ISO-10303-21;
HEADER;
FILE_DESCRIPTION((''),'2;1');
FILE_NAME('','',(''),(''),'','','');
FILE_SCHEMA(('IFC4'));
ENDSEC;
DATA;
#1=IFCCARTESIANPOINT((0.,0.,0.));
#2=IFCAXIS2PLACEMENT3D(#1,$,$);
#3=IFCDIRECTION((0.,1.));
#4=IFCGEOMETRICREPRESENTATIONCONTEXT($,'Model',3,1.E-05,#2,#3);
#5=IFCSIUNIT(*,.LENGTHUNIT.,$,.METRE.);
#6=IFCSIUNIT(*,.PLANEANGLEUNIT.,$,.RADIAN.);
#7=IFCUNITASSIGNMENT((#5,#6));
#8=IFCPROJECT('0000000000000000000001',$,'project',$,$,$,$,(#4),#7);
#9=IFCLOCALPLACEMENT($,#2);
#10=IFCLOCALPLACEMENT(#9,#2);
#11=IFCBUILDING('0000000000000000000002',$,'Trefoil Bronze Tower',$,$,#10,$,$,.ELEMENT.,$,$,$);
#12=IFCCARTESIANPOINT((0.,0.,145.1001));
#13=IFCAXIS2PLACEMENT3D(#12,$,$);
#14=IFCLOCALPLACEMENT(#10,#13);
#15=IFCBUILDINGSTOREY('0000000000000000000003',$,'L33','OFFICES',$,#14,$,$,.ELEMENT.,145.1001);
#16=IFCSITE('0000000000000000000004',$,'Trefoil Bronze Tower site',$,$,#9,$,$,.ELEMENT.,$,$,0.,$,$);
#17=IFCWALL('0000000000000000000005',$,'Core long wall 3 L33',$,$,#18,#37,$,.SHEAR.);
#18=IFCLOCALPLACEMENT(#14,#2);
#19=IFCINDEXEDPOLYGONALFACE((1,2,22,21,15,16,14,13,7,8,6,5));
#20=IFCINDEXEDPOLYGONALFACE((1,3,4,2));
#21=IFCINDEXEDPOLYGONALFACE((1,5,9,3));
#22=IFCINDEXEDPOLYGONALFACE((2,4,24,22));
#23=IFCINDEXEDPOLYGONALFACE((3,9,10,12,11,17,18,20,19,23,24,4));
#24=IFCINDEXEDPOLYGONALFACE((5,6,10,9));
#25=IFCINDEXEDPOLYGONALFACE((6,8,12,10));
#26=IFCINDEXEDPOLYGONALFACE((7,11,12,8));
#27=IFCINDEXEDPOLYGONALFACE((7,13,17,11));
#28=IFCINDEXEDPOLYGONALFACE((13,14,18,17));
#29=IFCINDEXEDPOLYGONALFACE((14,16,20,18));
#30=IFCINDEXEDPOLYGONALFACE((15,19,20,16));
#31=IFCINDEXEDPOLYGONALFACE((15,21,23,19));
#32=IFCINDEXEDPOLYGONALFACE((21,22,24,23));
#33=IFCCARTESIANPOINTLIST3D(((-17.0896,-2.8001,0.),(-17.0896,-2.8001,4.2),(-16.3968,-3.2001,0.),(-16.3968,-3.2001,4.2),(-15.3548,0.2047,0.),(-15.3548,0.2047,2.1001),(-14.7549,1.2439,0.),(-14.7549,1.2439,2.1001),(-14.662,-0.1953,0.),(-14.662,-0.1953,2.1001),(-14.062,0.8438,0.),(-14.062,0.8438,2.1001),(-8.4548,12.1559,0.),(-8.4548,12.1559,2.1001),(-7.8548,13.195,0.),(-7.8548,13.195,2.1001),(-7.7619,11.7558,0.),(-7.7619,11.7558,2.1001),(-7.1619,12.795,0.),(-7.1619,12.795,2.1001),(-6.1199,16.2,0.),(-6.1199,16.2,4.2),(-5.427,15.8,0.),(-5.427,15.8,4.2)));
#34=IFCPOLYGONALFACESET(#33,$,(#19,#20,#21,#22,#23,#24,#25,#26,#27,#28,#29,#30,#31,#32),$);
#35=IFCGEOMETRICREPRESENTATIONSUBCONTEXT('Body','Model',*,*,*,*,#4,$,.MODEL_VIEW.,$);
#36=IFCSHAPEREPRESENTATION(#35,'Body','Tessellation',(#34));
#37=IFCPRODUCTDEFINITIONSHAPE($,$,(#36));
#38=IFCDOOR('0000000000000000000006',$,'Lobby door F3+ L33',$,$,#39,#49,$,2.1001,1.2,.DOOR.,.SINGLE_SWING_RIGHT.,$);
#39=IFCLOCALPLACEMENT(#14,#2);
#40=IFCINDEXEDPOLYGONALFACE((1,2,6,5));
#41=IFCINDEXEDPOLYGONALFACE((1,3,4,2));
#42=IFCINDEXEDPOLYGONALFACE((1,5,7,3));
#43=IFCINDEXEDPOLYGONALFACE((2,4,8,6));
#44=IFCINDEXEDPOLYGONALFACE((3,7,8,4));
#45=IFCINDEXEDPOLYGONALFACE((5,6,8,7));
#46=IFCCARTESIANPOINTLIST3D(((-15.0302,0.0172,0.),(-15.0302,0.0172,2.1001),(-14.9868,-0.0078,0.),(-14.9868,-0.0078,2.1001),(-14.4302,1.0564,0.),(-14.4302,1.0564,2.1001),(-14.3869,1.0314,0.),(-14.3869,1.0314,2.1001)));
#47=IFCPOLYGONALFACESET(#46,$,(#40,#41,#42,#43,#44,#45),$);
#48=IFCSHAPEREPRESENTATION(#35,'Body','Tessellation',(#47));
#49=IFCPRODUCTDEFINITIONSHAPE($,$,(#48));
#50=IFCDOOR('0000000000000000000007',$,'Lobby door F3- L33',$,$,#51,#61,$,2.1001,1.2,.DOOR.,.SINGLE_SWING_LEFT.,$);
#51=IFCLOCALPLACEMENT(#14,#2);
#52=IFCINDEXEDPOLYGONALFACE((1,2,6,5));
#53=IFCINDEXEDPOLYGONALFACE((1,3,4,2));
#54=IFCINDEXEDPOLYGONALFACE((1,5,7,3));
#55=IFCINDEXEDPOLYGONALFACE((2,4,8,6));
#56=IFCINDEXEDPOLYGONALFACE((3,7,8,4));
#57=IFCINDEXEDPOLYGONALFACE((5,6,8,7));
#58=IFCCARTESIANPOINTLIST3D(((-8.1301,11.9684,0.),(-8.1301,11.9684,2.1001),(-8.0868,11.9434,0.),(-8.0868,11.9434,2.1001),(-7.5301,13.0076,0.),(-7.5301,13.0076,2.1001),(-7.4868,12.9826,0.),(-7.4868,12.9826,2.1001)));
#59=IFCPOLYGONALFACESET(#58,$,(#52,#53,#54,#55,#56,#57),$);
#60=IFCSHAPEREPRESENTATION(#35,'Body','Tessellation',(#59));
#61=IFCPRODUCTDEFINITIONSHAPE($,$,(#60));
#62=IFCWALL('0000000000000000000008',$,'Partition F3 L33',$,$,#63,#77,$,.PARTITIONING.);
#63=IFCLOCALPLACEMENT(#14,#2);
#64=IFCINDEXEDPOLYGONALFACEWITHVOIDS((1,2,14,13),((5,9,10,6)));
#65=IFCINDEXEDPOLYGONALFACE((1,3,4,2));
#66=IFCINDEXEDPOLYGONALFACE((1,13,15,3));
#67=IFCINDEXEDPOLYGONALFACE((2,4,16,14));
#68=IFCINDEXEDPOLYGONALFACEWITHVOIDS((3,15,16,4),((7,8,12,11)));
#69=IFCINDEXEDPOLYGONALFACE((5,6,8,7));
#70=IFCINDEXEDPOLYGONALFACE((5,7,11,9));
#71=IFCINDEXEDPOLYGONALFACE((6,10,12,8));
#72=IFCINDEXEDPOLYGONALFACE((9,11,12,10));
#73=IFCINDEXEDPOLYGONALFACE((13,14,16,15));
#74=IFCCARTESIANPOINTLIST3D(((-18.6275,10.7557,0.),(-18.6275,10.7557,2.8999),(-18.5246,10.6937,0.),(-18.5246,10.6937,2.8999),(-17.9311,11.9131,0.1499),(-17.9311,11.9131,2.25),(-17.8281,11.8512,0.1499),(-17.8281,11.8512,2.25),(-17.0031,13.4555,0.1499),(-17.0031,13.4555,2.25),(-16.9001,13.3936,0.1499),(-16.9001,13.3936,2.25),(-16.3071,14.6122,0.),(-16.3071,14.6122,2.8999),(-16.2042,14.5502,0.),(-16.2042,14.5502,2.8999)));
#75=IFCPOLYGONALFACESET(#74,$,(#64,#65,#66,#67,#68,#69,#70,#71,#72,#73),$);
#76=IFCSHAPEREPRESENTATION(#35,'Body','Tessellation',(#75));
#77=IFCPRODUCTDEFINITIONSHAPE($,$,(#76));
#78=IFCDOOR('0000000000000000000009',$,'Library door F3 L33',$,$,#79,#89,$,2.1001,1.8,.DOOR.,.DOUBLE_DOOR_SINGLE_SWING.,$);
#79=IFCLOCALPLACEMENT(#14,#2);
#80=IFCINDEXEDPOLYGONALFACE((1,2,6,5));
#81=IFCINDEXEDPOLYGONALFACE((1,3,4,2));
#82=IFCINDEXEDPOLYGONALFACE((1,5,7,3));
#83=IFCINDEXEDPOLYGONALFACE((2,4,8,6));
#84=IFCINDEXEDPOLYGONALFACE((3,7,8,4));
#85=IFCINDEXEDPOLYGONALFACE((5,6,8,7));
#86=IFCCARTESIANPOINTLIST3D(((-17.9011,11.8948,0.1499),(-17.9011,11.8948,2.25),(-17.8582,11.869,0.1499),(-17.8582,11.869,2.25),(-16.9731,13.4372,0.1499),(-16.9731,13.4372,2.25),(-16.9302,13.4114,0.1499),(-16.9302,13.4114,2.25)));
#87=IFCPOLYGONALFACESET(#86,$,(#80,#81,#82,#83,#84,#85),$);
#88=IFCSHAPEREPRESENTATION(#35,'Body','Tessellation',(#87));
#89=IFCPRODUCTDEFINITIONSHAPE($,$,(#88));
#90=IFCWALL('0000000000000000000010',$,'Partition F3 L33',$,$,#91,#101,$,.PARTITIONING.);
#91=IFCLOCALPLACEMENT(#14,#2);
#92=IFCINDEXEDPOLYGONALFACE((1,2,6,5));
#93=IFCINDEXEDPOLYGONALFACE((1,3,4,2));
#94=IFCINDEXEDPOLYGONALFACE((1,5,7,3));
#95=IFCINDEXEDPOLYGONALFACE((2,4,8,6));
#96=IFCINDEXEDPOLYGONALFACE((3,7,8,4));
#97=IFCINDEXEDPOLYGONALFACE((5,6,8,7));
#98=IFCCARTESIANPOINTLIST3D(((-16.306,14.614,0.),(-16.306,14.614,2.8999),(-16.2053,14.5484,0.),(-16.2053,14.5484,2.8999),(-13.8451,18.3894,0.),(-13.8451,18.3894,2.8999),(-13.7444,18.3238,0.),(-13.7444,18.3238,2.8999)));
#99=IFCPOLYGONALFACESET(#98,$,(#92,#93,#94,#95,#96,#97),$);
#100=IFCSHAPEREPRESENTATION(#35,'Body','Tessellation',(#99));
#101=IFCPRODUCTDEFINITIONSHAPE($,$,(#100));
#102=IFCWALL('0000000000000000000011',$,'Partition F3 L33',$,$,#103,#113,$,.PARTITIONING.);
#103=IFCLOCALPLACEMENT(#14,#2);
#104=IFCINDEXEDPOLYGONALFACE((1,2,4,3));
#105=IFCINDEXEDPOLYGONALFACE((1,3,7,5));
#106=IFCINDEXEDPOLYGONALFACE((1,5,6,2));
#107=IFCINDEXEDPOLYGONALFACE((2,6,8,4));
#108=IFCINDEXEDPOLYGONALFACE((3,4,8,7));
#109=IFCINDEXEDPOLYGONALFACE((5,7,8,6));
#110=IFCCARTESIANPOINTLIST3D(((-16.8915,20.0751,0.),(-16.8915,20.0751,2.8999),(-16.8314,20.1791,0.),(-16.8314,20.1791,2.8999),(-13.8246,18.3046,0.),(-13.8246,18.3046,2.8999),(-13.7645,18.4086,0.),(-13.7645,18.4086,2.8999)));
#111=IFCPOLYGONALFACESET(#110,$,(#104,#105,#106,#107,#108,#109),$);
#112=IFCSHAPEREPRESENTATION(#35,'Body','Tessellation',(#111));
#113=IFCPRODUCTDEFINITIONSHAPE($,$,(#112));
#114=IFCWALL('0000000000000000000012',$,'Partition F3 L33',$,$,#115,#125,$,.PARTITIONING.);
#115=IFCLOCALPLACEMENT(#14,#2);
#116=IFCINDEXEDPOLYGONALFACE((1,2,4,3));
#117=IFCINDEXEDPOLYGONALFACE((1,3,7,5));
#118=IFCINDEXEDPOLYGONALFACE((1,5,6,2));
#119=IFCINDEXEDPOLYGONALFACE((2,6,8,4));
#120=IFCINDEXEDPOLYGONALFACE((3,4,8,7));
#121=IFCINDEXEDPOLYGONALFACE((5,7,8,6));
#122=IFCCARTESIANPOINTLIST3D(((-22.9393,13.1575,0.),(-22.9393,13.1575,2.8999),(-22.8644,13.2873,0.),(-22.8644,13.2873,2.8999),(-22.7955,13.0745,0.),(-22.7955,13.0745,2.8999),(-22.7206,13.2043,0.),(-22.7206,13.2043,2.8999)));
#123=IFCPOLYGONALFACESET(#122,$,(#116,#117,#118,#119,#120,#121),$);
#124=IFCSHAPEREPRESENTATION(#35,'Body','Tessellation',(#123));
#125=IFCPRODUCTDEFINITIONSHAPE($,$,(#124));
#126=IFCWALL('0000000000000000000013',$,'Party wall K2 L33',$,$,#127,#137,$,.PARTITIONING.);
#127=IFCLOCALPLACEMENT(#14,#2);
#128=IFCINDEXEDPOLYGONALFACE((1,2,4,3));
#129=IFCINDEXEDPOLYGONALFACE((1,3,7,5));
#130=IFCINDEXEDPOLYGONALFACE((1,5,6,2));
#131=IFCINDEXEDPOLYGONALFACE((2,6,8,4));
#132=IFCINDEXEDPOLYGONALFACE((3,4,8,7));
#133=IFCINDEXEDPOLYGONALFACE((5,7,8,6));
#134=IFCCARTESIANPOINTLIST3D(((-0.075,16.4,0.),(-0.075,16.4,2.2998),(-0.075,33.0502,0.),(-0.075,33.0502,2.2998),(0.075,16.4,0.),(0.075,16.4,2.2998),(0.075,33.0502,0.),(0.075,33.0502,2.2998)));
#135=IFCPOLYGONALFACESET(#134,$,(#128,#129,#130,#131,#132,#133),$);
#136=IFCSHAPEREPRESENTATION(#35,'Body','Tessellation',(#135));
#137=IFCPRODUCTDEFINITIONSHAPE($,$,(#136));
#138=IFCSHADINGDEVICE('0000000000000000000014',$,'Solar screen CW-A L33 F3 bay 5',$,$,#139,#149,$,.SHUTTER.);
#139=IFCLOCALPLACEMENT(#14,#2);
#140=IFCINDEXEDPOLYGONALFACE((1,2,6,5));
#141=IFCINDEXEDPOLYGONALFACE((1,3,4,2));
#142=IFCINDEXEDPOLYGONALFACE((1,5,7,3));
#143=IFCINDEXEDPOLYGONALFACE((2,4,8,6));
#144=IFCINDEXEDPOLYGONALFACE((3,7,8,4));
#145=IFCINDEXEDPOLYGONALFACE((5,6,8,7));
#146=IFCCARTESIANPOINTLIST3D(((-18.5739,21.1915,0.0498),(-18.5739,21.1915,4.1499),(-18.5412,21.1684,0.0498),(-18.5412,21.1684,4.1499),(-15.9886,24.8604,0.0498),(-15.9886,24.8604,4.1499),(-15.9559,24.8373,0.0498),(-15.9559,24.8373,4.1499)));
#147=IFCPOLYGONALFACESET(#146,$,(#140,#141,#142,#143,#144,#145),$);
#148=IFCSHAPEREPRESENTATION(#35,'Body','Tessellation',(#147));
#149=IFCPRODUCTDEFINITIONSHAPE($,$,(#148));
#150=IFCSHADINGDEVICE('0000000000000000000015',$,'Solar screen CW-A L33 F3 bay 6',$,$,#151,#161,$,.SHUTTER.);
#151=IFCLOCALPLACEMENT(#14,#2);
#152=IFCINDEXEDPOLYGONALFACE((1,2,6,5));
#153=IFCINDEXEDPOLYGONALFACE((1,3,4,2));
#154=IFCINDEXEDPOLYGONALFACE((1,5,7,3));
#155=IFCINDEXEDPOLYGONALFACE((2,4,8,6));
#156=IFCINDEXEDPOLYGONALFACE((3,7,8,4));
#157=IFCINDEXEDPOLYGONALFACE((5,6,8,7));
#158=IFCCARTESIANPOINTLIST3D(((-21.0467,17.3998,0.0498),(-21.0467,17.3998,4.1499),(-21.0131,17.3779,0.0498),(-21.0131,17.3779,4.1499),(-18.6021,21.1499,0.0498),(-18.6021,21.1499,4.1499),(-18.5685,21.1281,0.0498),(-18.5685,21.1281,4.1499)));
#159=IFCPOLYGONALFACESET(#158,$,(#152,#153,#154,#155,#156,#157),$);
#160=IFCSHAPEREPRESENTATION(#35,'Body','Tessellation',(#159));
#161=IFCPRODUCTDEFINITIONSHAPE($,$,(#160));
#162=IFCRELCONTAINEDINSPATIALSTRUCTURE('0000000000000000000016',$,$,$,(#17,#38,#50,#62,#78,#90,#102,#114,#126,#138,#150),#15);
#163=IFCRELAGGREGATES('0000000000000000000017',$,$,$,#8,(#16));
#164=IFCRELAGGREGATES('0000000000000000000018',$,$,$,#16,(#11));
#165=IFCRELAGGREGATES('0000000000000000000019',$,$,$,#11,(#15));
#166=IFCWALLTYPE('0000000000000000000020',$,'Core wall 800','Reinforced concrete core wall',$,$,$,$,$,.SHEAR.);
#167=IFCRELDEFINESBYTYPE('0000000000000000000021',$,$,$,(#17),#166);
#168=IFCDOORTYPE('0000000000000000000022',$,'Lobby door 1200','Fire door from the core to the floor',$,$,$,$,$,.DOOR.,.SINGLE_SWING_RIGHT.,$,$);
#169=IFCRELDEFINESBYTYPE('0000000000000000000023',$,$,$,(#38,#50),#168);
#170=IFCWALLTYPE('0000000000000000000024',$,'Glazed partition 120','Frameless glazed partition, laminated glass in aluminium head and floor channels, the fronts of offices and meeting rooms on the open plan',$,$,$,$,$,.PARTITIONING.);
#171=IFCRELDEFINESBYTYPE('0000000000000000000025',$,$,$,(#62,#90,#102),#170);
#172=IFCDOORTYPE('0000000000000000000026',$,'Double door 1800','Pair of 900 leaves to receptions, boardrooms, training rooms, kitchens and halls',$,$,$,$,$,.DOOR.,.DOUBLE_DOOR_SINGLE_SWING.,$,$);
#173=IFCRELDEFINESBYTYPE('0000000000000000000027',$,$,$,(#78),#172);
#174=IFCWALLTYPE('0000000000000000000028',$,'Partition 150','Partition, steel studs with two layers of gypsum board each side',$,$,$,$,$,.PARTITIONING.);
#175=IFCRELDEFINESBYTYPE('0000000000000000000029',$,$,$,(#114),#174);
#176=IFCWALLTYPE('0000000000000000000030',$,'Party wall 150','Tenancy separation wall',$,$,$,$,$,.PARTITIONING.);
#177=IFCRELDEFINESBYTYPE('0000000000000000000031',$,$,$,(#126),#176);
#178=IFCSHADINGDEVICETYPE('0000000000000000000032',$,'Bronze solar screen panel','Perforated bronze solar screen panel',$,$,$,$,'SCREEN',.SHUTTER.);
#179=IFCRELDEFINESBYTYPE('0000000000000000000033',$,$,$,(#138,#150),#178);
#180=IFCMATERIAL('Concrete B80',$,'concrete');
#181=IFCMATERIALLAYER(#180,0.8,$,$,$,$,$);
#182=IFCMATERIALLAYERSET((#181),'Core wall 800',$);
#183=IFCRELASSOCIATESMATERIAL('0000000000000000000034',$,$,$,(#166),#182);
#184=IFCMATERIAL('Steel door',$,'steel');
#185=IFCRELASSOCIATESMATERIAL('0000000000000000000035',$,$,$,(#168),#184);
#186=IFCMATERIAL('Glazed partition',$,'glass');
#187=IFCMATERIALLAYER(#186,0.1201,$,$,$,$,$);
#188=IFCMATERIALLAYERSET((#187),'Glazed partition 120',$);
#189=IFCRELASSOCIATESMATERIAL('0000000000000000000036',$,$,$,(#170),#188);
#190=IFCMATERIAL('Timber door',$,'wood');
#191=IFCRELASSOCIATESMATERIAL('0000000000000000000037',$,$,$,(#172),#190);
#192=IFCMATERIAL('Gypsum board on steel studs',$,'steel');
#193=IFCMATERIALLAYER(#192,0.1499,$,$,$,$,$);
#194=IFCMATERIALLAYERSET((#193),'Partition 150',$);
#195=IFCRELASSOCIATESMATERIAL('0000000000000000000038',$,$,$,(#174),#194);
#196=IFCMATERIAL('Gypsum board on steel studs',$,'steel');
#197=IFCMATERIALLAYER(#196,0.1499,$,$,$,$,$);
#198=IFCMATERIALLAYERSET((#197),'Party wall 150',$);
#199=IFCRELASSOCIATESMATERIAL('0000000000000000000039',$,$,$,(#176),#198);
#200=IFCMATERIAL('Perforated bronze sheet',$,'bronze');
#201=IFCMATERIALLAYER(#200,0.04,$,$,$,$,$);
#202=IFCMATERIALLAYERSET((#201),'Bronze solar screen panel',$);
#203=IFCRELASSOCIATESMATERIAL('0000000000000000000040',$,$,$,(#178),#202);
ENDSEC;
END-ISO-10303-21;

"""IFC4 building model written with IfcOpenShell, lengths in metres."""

from ifc_helpers import new_model, si_unit, direction, frame, frame_2d, origin, origin_2d, place, context, subcontext, project, spatial, rectangle, extrude, material, layer, layer_set, type_object, element, fill, save


model = new_model("IFC4")

# Units and contexts
model_context = context("Model", 3, precision=1e-05, world=origin(), true_north=direction((0.0, 1.0)))
body_context = subcontext(model_context, "Body", "Model", "MODEL_VIEW")
ifc_project = project(units=[si_unit("LENGTHUNIT", "METRE"), si_unit("PLANEANGLEUNIT", "RADIAN")], contexts=[model_context])

# Site, building, storey
site_placement = place(None, origin())
site = spatial("IfcSite", under=ifc_project, at=site_placement, Name="Trefoil Bronze Tower site", CompositionType="ELEMENT", RefElevation=0.0)
building_placement = place(site_placement, origin())
building = spatial("IfcBuilding", under=site, at=building_placement, Name="Trefoil Bronze Tower", CompositionType="ELEMENT")
storey_placement = place(building_placement, frame((0.0, 0.0, 145.1001)))
storey = spatial("IfcBuildingStorey", under=building, at=storey_placement, Name="L33", Description="OFFICES", CompositionType="ELEMENT", Elevation=145.1001)

# Wall, openings, doors
ifc_material_1 = material(Name="Concrete B80", Category="concrete")
ifc_layer_1 = layer(ifc_material_1, 0.8)
ifc_layer_set_1 = layer_set([ifc_layer_1], Name="Core wall 800")
wall_type_1 = type_object("IfcWallType", Name="Core wall 800", Description="Reinforced concrete core wall", PredefinedType="SHEAR", material=ifc_layer_set_1)
wall_1_placement = place(storey_placement, frame((-5.7734, 16.0, 0.0), z_axis=(0.0, 0.0, 1.0), x_axis=(-0.500002, -0.866024, 0.0)))
wall_1 = element("IfcWall", 1, at=wall_1_placement, inside=storey, type_object=wall_type_1, Name="Core long wall 3 L33", PredefinedType="SHEAR", context=body_context, shape_type="SweptSolid", body=[
    extrude(rectangle(XDim=21.9395, YDim=0.8, at=frame_2d((10.9697, 0.0))), origin(), (0.0, 0.0, 1.0), 4.2),
])
opening_1_placement = place(wall_1_placement, frame((17.2698, 0.0, 0.0)))
opening_1 = element("IfcOpeningElement", 2, at=opening_1_placement, cuts=wall_1, PredefinedType="OPENING", context=body_context, shape_type="SweptSolid", body=[
    extrude(rectangle(XDim=1.2, YDim=2.1001, at=frame_2d((0.6001, 1.05))), frame((0.0, 0.4099, 0.0), z_axis=(0.0, -1.0, 0.0), x_axis=(1.0, 0.0, 0.0)), (0.0, 0.0, 1.0), 0.8201),
])
opening_2_placement = place(wall_1_placement, frame((3.4697, 0.0, 0.0)))
opening_2 = element("IfcOpeningElement", 3, at=opening_2_placement, cuts=wall_1, PredefinedType="OPENING", context=body_context, shape_type="SweptSolid", body=[
    extrude(rectangle(XDim=1.2, YDim=2.1001, at=frame_2d((0.6001, 1.05))), frame((0.0, 0.4099, 0.0), z_axis=(0.0, -1.0, 0.0), x_axis=(1.0, 0.0, 0.0)), (0.0, 0.0, 1.0), 0.8201),
])
ifc_material_2 = material(Name="Steel door", Category="steel")
door_type_1 = type_object("IfcDoorType", Name="Lobby door 1200", Description="Fire door from the core to the floor", OperationType="SINGLE_SWING_RIGHT", PredefinedType="DOOR", material=ifc_material_2)
door_1_placement = place(opening_1_placement, origin())
door_1 = element("IfcDoor", 4, at=door_1_placement, inside=storey, type_object=door_type_1, Name="Lobby door F3+ L33", OperationType="SINGLE_SWING_RIGHT", OverallHeight=2.1001, OverallWidth=1.2, PredefinedType="DOOR", context=body_context, shape_type="SweptSolid", body=[
    extrude(rectangle(XDim=1.2, YDim=2.1001, at=frame_2d((0.6001, 1.05))), frame((0.0, 0.0249, 0.0), z_axis=(0.0, -1.0, 0.0), x_axis=(1.0, 0.0, 0.0)), (0.0, 0.0, 1.0), 0.05),
])
fill(opening_1, door_1)
door_2_placement = place(opening_2_placement, origin())
door_2 = element("IfcDoor", 5, at=door_2_placement, inside=storey, type_object=door_type_1, Name="Lobby door F3- L33", OperationType="SINGLE_SWING_LEFT", OverallHeight=2.1001, OverallWidth=1.2, PredefinedType="DOOR", context=body_context, shape_type="SweptSolid", body=[
    extrude(rectangle(XDim=1.2, YDim=2.1001, at=frame_2d((0.6001, 1.05))), frame((0.0, 0.0249, 0.0), z_axis=(0.0, -1.0, 0.0), x_axis=(1.0, 0.0, 0.0)), (0.0, 0.0, 1.0), 0.05),
])
fill(opening_2, door_2)

# Wall, opening, door
ifc_material_3 = material(Name="Glazed partition", Category="glass")
ifc_layer_2 = layer(ifc_material_3, 0.1201)
ifc_layer_set_2 = layer_set([ifc_layer_2], Name="Glazed partition 120")
wall_type_2 = type_object("IfcWallType", Name="Glazed partition 120", Description="Frameless glazed partition, laminated glass in aluminium head and floor channels, the fronts of offices and meeting rooms on the open plan", PredefinedType="PARTITIONING", material=ifc_layer_set_2)
wall_2_placement = place(storey_placement, frame((-16.2556, 14.5813, 0.0), z_axis=(0.0, 0.0, 1.0), x_axis=(-0.515548, -0.85686, 0.0)))
wall_2 = element("IfcWall", 6, at=wall_2_placement, inside=storey, type_object=wall_type_2, Name="Partition F3 L33", PredefinedType="PARTITIONING", context=body_context, shape_type="SweptSolid", body=[
    extrude(rectangle(XDim=4.5007, YDim=0.1201, at=frame_2d((2.2505, 0.0))), origin(), (0.0, 0.0, 1.0), 2.8999),
])
opening_3_placement = place(wall_2_placement, frame((1.3501, 0.0, 0.1499)))
opening_3 = element("IfcOpeningElement", 7, at=opening_3_placement, cuts=wall_2, PredefinedType="OPENING", context=body_context, shape_type="SweptSolid", body=[
    extrude(rectangle(XDim=1.8, YDim=2.1001, at=frame_2d((0.8999, 1.05))), frame((0.0, 0.0701, 0.0), z_axis=(0.0, -1.0, 0.0), x_axis=(1.0, 0.0, 0.0)), (0.0, 0.0, 1.0), 0.1401),
])
ifc_material_4 = material(Name="Timber door", Category="wood")
door_type_2 = type_object("IfcDoorType", Name="Double door 1800", Description="Pair of 900 leaves to receptions, boardrooms, training rooms, kitchens and halls", OperationType="DOUBLE_DOOR_SINGLE_SWING", PredefinedType="DOOR", material=ifc_material_4)
door_3_placement = place(opening_3_placement, frame((1.8, 0.0, 0.0), z_axis=(0.0, 0.0, 1.0), x_axis=(-1.0, 0.0, 0.0)))
door_3 = element("IfcDoor", 8, at=door_3_placement, inside=storey, type_object=door_type_2, Name="Library door F3 L33", OperationType="DOUBLE_DOOR_SINGLE_SWING", OverallHeight=2.1001, OverallWidth=1.8, PredefinedType="DOOR", context=body_context, shape_type="SweptSolid", body=[
    extrude(rectangle(XDim=1.8, YDim=2.1001, at=frame_2d((0.8999, 1.05))), frame((0.0, 0.0249, 0.0), z_axis=(0.0, -1.0, 0.0), x_axis=(1.0, 0.0, 0.0)), (0.0, 0.0, 1.0), 0.05),
])
fill(opening_3, door_3)

# Walls
wall_3_placement = place(storey_placement, frame((-13.7947, 18.3567, 0.0), z_axis=(0.0, 0.0, 1.0), x_axis=(-0.546069, -0.83774, 0.0)))
element("IfcWall", 9, at=wall_3_placement, inside=storey, type_object=wall_type_2, Name="Partition F3 L33", PredefinedType="PARTITIONING", context=body_context, shape_type="SweptSolid", body=[
    extrude(rectangle(XDim=4.5066, YDim=0.1201, at=frame_2d((2.2534, 0.0))), origin(), (0.0, 0.0, 1.0), 2.8999),
])
wall_4_placement = place(storey_placement, frame((-13.7947, 18.3567, 0.0), z_axis=(0.0, 0.0, 1.0), x_axis=(-0.866046, 0.499965, 0.0)))
element("IfcWall", 10, at=wall_4_placement, inside=storey, type_object=wall_type_2, Name="Partition F3 L33", PredefinedType="PARTITIONING", context=body_context, shape_type="SweptSolid", body=[
    extrude(rectangle(XDim=3.5413, YDim=0.1201, at=frame_2d((1.7705, 0.0))), origin(), (0.0, 0.0, 1.0), 2.8999),
])
ifc_material_5 = material(Name="Gypsum board on steel studs", Category="steel")
ifc_layer_3 = layer(ifc_material_5, 0.1499)
ifc_layer_set_3 = layer_set([ifc_layer_3], Name="Partition 150")
wall_type_3 = type_object("IfcWallType", Name="Partition 150", Description="Partition, steel studs with two layers of gypsum board each side", PredefinedType="PARTITIONING", material=ifc_layer_set_3)
wall_5_placement = place(storey_placement, frame((-22.7581, 13.1394, 0.0), z_axis=(0.0, 0.0, 1.0), x_axis=(-0.866063, 0.499935, 0.0)))
element("IfcWall", 11, at=wall_5_placement, inside=storey, type_object=wall_type_3, Name="Partition F3 L33", PredefinedType="PARTITIONING", context=body_context, shape_type="SweptSolid", body=[
    extrude(rectangle(XDim=0.166, YDim=0.1499, at=frame_2d((0.083, 0.0))), origin(), (0.0, 0.0, 1.0), 2.8999),
])
ifc_material_6 = material(Name="Gypsum board on steel studs", Category="steel")
ifc_layer_4 = layer(ifc_material_6, 0.1499)
ifc_layer_set_4 = layer_set([ifc_layer_4], Name="Party wall 150")
wall_type_4 = type_object("IfcWallType", Name="Party wall 150", Description="Tenancy separation wall", PredefinedType="PARTITIONING", material=ifc_layer_set_4)
wall_6_placement = place(storey_placement, frame((0.0, 16.3999, 0.0), z_axis=(0.0, 0.0, 1.0), x_axis=(0.0, 1.0, 0.0)))
element("IfcWall", 12, at=wall_6_placement, inside=storey, type_object=wall_type_4, Name="Party wall K2 L33", PredefinedType="PARTITIONING", context=body_context, shape_type="SweptSolid", body=[
    extrude(rectangle(XDim=16.6501, YDim=0.1499, at=frame_2d((8.3252, 0.0))), origin(), (0.0, 0.0, 1.0), 2.2998),
])

# Shading devices
ifc_material_7 = material(Name="Perforated bronze sheet", Category="bronze")
ifc_layer_5 = layer(ifc_material_7, 0.04)
ifc_layer_set_5 = layer_set([ifc_layer_5], Name="Bronze solar screen panel")
shading_device_type = type_object("IfcShadingDeviceType", Name="Bronze solar screen panel", Description="Perforated bronze solar screen panel", ElementType="SCREEN", PredefinedType="SHUTTER", material=ifc_layer_set_5)
shading_device_1_placement = place(storey_placement, frame((-17.2649, 23.0144, 0.0498), z_axis=(0.0, 0.0, 1.0), x_axis=(-0.575999, -0.81745, 0.0)))
element("IfcShadingDevice", 13, at=shading_device_1_placement, inside=storey, type_object=shading_device_type, Name="Solar screen CW-A L33 F3 bay 5", PredefinedType="SHUTTER", context=body_context, shape_type="SweptSolid", body=[
    extrude(rectangle(XDim=4.4883, YDim=0.04, at=origin_2d()), origin(), (0.0, 0.0, 1.0), 4.1001),
])
shading_device_2_placement = place(storey_placement, frame((-19.8076, 19.2639, 0.0498), z_axis=(0.0, 0.0, 1.0), x_axis=(-0.546089, -0.837727, 0.0)))
element("IfcShadingDevice", 14, at=shading_device_2_placement, inside=storey, type_object=shading_device_type, Name="Solar screen CW-A L33 F3 bay 6", PredefinedType="SHUTTER", context=body_context, shape_type="SweptSolid", body=[
    extrude(rectangle(XDim=4.4766, YDim=0.04, at=origin_2d()), origin(), (0.0, 0.0, 1.0), 4.1001),
])

save(model, "model.ifc")
